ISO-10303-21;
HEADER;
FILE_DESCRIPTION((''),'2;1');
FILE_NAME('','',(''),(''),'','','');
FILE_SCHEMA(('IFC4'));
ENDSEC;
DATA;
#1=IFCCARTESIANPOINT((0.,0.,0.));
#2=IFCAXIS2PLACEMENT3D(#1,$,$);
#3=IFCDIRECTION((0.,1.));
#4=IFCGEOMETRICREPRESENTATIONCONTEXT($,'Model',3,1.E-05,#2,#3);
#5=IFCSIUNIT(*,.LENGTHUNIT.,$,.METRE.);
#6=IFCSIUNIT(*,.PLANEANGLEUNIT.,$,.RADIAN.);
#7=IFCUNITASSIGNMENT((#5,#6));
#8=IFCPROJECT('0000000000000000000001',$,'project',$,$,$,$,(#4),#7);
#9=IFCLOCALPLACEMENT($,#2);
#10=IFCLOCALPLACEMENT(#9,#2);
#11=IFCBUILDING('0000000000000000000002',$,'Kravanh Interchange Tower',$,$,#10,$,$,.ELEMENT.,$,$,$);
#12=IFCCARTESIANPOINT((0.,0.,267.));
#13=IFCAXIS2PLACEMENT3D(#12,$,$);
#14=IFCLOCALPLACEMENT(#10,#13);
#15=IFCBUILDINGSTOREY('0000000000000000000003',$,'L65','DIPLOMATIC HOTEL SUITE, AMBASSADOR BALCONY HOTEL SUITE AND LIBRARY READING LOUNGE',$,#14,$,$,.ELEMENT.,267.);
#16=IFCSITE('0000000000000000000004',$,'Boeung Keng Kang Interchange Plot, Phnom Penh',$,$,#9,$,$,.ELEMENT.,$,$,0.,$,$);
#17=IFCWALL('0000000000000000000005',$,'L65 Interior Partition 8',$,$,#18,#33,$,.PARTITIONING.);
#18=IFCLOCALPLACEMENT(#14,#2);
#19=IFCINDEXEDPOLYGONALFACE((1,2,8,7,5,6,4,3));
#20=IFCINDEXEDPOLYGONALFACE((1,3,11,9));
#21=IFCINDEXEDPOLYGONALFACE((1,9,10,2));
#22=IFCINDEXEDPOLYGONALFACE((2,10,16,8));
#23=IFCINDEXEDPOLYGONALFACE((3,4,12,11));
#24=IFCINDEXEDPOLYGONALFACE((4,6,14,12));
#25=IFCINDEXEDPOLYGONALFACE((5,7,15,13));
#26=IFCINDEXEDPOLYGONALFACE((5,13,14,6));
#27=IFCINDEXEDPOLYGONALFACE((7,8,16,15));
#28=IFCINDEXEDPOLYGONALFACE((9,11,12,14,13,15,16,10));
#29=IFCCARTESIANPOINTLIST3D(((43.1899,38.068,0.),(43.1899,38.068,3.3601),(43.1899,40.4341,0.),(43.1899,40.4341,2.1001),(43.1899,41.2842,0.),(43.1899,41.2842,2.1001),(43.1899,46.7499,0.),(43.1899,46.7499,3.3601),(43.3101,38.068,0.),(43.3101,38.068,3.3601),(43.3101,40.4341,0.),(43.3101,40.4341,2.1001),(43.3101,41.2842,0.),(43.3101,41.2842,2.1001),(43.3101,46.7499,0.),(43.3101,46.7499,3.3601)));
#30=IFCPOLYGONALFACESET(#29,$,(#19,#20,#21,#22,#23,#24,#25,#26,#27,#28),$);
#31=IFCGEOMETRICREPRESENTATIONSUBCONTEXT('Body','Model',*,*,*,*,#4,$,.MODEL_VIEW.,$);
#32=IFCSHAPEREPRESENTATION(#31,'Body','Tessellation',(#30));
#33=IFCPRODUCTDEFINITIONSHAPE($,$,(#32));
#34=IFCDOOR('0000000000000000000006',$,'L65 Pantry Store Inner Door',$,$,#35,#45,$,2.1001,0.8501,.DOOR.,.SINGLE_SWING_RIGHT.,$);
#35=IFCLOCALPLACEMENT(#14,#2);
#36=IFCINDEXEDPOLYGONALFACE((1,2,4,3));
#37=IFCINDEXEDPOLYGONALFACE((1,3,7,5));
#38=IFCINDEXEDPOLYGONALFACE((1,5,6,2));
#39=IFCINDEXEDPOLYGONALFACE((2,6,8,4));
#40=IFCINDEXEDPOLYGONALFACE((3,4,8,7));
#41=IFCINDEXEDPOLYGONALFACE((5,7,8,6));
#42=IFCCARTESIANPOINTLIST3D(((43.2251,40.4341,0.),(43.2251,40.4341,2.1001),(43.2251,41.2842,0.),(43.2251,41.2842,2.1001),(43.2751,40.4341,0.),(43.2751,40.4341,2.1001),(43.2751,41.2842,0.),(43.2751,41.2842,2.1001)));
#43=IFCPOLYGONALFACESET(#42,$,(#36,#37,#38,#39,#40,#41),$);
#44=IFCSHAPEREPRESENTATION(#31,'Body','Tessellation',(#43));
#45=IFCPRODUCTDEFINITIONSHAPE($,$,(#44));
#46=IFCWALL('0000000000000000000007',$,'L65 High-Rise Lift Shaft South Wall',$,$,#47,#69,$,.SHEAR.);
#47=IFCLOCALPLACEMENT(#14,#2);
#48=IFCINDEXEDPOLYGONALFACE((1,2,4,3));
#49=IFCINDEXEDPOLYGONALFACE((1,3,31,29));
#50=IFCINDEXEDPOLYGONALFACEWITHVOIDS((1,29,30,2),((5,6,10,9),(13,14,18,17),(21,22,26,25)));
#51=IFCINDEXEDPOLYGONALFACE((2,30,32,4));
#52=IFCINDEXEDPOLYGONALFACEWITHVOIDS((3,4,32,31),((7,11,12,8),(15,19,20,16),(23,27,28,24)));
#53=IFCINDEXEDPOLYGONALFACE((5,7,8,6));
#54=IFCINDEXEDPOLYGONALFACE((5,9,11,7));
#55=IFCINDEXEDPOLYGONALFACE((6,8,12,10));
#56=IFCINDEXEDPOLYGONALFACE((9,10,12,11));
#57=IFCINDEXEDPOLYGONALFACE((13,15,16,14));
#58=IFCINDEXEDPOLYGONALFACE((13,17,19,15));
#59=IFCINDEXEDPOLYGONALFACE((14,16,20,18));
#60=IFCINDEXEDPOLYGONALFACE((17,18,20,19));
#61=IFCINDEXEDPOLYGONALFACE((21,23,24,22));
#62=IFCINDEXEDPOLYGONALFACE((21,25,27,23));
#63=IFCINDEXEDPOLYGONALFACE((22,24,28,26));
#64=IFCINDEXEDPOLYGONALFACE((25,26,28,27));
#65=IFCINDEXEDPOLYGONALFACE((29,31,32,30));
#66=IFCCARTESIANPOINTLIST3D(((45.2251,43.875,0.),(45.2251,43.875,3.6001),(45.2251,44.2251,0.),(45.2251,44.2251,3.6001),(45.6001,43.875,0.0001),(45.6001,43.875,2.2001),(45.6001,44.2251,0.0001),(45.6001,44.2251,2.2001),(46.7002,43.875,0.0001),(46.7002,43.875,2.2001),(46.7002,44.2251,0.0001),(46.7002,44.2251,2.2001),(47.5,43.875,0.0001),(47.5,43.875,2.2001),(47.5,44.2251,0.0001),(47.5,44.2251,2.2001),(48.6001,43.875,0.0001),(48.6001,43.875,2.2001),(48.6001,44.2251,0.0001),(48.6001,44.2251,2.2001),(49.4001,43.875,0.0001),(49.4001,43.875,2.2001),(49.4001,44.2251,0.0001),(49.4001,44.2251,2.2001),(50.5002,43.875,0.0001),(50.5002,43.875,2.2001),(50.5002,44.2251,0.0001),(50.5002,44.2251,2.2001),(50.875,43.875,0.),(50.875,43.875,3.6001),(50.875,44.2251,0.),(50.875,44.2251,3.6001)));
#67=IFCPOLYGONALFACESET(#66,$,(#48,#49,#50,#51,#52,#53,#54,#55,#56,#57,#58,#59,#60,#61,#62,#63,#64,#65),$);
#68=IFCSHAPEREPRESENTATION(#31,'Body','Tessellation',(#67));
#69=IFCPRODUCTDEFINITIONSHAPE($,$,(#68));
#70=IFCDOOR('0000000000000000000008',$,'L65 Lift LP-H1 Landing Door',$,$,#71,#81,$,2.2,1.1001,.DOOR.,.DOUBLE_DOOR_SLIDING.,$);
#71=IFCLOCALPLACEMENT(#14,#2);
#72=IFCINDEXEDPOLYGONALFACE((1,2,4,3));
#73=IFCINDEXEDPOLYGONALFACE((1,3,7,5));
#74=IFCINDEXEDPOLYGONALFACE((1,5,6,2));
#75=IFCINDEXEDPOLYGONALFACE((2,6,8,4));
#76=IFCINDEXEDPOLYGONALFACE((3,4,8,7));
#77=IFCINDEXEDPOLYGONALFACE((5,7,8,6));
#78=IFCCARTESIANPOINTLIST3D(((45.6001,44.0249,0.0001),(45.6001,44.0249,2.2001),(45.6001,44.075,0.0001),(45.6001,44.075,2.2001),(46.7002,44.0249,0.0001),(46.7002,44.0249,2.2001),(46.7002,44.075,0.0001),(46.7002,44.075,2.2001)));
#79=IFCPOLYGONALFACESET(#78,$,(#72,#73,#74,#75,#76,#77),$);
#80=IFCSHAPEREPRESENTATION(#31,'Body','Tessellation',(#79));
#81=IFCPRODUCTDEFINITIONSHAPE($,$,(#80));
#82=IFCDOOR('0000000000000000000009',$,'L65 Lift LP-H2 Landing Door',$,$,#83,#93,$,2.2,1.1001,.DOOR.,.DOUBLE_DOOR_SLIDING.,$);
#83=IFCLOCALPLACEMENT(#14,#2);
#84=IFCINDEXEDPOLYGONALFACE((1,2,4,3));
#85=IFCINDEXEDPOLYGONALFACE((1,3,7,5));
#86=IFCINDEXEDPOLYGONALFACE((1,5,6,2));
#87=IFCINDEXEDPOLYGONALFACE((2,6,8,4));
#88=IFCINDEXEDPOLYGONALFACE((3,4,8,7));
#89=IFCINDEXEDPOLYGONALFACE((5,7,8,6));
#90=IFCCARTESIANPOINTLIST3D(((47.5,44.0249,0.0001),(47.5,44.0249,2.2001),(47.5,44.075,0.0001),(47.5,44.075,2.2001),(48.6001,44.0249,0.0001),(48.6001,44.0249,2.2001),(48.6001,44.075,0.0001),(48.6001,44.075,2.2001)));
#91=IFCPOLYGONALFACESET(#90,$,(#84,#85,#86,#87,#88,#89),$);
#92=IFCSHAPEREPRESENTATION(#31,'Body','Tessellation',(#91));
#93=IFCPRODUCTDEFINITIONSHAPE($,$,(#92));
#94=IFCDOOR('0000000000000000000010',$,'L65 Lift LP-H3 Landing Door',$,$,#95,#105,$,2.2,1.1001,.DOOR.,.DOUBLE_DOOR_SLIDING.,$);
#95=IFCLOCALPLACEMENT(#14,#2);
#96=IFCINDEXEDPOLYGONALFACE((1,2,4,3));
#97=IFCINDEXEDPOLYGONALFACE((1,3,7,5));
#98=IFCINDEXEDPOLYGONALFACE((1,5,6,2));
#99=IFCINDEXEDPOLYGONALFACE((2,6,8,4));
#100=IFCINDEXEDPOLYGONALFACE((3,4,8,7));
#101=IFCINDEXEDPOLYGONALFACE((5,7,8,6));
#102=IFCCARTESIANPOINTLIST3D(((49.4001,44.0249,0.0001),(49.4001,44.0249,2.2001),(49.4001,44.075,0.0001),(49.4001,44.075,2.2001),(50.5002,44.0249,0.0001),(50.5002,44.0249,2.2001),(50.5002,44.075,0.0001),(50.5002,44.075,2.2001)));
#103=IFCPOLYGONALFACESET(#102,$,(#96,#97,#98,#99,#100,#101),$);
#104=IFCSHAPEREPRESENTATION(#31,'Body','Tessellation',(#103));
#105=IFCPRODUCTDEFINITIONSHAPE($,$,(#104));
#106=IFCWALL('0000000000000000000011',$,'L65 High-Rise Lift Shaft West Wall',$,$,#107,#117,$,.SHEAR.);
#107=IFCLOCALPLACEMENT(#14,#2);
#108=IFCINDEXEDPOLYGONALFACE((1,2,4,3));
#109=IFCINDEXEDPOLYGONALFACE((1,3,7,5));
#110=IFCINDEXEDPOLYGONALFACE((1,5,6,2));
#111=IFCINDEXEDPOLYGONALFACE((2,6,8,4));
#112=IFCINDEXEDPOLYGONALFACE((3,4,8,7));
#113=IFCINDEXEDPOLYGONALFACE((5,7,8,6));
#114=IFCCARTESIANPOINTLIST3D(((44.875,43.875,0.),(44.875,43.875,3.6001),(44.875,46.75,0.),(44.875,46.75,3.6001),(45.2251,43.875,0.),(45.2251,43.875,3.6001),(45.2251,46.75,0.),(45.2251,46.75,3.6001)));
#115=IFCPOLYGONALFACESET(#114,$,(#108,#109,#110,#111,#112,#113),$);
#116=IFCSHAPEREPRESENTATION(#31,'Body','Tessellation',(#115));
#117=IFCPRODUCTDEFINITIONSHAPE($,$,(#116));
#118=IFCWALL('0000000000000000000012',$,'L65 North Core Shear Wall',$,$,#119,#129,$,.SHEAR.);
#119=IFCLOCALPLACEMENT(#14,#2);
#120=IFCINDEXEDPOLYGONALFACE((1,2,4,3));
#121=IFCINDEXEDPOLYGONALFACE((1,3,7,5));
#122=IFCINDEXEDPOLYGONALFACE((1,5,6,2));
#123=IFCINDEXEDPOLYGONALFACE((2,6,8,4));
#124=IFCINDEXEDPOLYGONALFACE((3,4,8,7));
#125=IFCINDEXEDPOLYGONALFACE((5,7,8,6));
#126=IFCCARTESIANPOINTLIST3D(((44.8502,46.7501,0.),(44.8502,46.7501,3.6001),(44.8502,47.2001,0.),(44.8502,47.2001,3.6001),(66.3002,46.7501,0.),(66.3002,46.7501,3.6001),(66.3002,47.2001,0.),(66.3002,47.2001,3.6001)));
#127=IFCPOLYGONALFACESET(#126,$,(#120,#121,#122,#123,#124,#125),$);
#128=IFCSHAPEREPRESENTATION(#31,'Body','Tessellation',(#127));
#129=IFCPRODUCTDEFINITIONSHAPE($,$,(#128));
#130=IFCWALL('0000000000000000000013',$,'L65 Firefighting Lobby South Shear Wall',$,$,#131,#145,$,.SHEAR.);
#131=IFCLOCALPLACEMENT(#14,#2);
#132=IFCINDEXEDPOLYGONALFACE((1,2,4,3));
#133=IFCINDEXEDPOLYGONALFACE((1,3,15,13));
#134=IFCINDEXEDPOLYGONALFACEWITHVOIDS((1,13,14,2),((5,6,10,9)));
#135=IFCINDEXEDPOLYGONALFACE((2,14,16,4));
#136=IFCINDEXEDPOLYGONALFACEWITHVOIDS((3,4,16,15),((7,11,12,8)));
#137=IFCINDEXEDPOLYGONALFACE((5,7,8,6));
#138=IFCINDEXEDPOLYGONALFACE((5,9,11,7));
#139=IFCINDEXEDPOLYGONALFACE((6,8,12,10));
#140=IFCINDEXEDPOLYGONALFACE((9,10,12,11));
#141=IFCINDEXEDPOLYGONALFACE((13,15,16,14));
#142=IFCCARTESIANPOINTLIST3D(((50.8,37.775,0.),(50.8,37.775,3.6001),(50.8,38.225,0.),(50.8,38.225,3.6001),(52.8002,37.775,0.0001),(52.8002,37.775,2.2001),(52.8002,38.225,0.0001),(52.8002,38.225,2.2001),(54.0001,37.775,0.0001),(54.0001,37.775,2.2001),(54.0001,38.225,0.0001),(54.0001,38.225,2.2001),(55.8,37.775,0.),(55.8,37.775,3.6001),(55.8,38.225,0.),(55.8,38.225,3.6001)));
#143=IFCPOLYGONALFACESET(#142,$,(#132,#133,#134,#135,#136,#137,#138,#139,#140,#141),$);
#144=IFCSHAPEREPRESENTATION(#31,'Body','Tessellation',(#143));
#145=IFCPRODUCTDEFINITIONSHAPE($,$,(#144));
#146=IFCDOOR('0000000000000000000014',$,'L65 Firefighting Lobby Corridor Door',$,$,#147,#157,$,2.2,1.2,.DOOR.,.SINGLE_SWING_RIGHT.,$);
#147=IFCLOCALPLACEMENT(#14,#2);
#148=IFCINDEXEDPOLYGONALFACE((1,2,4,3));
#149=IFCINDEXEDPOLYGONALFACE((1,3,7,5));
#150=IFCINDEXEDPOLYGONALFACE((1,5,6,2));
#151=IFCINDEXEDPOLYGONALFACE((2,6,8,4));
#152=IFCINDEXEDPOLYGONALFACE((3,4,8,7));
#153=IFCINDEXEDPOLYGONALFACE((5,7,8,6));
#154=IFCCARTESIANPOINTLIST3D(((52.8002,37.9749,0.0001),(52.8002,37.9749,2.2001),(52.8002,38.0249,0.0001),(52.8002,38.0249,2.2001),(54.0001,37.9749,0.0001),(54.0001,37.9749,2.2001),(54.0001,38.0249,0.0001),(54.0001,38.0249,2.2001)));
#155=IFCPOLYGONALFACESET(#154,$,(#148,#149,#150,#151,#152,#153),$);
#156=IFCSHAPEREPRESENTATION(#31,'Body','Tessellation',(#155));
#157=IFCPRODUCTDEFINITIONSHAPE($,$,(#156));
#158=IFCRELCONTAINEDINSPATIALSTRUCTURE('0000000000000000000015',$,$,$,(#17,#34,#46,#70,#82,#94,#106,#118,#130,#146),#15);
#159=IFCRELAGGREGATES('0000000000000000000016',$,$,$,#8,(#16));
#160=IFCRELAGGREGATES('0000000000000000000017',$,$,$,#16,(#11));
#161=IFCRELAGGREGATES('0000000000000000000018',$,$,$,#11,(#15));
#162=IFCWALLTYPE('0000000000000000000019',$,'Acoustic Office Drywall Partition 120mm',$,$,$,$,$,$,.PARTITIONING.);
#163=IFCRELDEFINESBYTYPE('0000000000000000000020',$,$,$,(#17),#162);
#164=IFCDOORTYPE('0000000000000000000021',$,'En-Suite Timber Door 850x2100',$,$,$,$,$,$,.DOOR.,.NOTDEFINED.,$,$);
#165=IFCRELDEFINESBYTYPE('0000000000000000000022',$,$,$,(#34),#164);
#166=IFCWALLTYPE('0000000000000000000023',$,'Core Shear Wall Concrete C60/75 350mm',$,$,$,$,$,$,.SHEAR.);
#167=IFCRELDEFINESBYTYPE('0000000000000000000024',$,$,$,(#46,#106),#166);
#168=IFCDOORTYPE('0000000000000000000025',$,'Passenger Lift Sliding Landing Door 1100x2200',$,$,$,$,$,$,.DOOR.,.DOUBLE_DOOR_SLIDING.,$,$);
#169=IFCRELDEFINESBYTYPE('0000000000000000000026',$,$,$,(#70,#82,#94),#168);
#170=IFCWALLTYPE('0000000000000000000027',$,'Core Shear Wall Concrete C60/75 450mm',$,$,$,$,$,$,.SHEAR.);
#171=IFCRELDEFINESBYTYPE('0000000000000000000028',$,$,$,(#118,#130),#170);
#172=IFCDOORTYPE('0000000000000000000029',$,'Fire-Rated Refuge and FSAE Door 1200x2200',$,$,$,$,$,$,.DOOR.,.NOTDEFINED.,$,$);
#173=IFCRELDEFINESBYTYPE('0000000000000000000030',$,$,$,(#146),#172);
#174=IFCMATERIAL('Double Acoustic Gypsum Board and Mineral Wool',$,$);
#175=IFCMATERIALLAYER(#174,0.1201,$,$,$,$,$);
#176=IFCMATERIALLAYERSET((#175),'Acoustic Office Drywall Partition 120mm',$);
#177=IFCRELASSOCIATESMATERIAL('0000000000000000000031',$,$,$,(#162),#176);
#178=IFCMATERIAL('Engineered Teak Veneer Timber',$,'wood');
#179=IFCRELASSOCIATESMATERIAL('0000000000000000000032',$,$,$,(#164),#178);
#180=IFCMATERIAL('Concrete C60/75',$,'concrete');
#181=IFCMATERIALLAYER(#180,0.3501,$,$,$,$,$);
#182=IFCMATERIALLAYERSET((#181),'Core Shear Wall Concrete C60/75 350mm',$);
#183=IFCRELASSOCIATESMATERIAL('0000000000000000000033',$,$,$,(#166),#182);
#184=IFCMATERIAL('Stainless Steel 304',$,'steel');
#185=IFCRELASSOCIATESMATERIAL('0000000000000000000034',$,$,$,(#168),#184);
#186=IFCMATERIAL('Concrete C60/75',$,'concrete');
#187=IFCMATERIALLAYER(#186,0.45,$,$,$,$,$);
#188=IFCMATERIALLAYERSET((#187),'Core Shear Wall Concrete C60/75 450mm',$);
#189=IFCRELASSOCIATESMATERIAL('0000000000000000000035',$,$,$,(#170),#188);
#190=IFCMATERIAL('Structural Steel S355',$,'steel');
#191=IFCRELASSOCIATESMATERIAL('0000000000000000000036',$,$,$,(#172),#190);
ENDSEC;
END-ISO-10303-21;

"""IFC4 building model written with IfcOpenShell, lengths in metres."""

from ifc_helpers import new_model, si_unit, direction, frame, frame_2d, origin, place, context, subcontext, project, spatial, rectangle, extrude, material, layer, layer_set, type_object, element, fill, save


model = new_model("IFC4")

# Units and contexts
model_context = context("Model", 3, precision=1e-05, world=origin(), true_north=direction((0.0, 1.0)))
body_context = subcontext(model_context, "Body", "Model", "MODEL_VIEW")
ifc_project = project(units=[si_unit("LENGTHUNIT", "METRE"), si_unit("PLANEANGLEUNIT", "RADIAN")], contexts=[model_context])

# Site, building, storey
site_placement = place(None, origin())
site = spatial("IfcSite", under=ifc_project, at=site_placement, Name="Boeung Keng Kang Interchange Plot, Phnom Penh", CompositionType="ELEMENT", RefElevation=0.0)
building_placement = place(site_placement, origin())
building = spatial("IfcBuilding", under=site, at=building_placement, Name="Kravanh Interchange Tower", CompositionType="ELEMENT")
storey_placement = place(building_placement, frame((0.0, 0.0, 267.0)))
storey = spatial("IfcBuildingStorey", under=building, at=storey_placement, Name="L65", Description="DIPLOMATIC HOTEL SUITE, AMBASSADOR BALCONY HOTEL SUITE AND LIBRARY READING LOUNGE", CompositionType="ELEMENT", Elevation=267.0)

# Shared definitions
ifc_material_1 = material(Name="Double Acoustic Gypsum Board and Mineral Wool")
ifc_layer_1 = layer(ifc_material_1, 0.1201)
ifc_layer_set_1 = layer_set([ifc_layer_1], Name="Acoustic Office Drywall Partition 120mm")
wall_type_1 = type_object("IfcWallType", Name="Acoustic Office Drywall Partition 120mm", PredefinedType="PARTITIONING", material=ifc_layer_set_1)
ifc_material_2 = material(Name="Engineered Teak Veneer Timber", Category="wood")
door_type_1 = type_object("IfcDoorType", Name="En-Suite Timber Door 850x2100", OperationType="NOTDEFINED", PredefinedType="DOOR", material=ifc_material_2)

# Wall, opening, door
wall_1_placement = place(storey_placement, frame((43.25, 38.0681, 0.0), z_axis=(0.0, 0.0, 1.0), x_axis=(0.0, 1.0, 0.0)))
wall_1 = element("IfcWall", 1, at=wall_1_placement, inside=storey, type_object=wall_type_1, Name="L65 Interior Partition 8", PredefinedType="PARTITIONING", context=body_context, shape_type="SweptSolid", body=[
    extrude(rectangle(XDim=8.6819, YDim=0.1201, at=frame_2d((4.3408, 0.0))), origin(), (0.0, 0.0, 1.0), 3.3601),
])
opening_1_placement = place(wall_1_placement, frame((2.366, 0.0, 0.0)))
opening_1 = element("IfcOpeningElement", 2, at=opening_1_placement, cuts=wall_1, PredefinedType="OPENING", context=body_context, shape_type="SweptSolid", body=[
    extrude(rectangle(XDim=0.8501, YDim=2.1001, at=frame_2d((0.425, 1.05))), frame((0.0, 0.0701, 0.0), z_axis=(0.0, -1.0, 0.0), x_axis=(1.0, 0.0, 0.0)), (0.0, 0.0, 1.0), 0.1401),
])
door_1_placement = place(opening_1_placement, origin())
door_1 = element("IfcDoor", 3, at=door_1_placement, inside=storey, type_object=door_type_1, Name="L65 Pantry Store Inner Door", OperationType="SINGLE_SWING_RIGHT", OverallHeight=2.1001, OverallWidth=0.8501, PredefinedType="DOOR", context=body_context, shape_type="SweptSolid", body=[
    extrude(rectangle(XDim=0.8501, YDim=2.1001, at=frame_2d((0.425, 1.05))), frame((0.0, 0.0249, 0.0), z_axis=(0.0, -1.0, 0.0), x_axis=(1.0, 0.0, 0.0)), (0.0, 0.0, 1.0), 0.05),
])
fill(opening_1, door_1)

# Wall, openings, doors
ifc_material_3 = material(Name="Concrete C60/75", Category="concrete")
ifc_layer_2 = layer(ifc_material_3, 0.3501)
ifc_layer_set_2 = layer_set([ifc_layer_2], Name="Core Shear Wall Concrete C60/75 350mm")
wall_type_2 = type_object("IfcWallType", Name="Core Shear Wall Concrete C60/75 350mm", PredefinedType="SHEAR", material=ifc_layer_set_2)
wall_2_placement = place(storey_placement, frame((45.2251, 44.05, 0.0), z_axis=(0.0, 0.0, 1.0), x_axis=(1.0, 0.0, 0.0)))
wall_2 = element("IfcWall", 4, at=wall_2_placement, inside=storey, type_object=wall_type_2, Name="L65 High-Rise Lift Shaft South Wall", PredefinedType="SHEAR", context=body_context, shape_type="SweptSolid", body=[
    extrude(rectangle(XDim=5.6499, YDim=0.3501, at=frame_2d((2.825, 0.0))), origin(), (0.0, 0.0, 1.0), 3.6001),
])
opening_2_placement = place(wall_2_placement, frame((0.375, 0.0, 0.0)))
opening_2 = element("IfcOpeningElement", 5, at=opening_2_placement, cuts=wall_2, PredefinedType="OPENING", context=body_context, shape_type="SweptSolid", body=[
    extrude(rectangle(XDim=1.1001, YDim=2.2, at=frame_2d((0.55, 1.1001))), frame((0.0, 0.1851, 0.0), z_axis=(0.0, -1.0, 0.0), x_axis=(1.0, 0.0, 0.0)), (0.0, 0.0, 1.0), 0.3701),
])
opening_3_placement = place(wall_2_placement, frame((2.2749, 0.0, 0.0)))
opening_3 = element("IfcOpeningElement", 6, at=opening_3_placement, cuts=wall_2, PredefinedType="OPENING", context=body_context, shape_type="SweptSolid", body=[
    extrude(rectangle(XDim=1.1001, YDim=2.2, at=frame_2d((0.55, 1.1001))), frame((0.0, 0.1851, 0.0), z_axis=(0.0, -1.0, 0.0), x_axis=(1.0, 0.0, 0.0)), (0.0, 0.0, 1.0), 0.3701),
])
opening_4_placement = place(wall_2_placement, frame((4.175, 0.0, 0.0)))
opening_4 = element("IfcOpeningElement", 7, at=opening_4_placement, cuts=wall_2, PredefinedType="OPENING", context=body_context, shape_type="SweptSolid", body=[
    extrude(rectangle(XDim=1.1001, YDim=2.2, at=frame_2d((0.55, 1.1001))), frame((0.0, 0.1851, 0.0), z_axis=(0.0, -1.0, 0.0), x_axis=(1.0, 0.0, 0.0)), (0.0, 0.0, 1.0), 0.3701),
])
ifc_material_4 = material(Name="Stainless Steel 304", Category="steel")
door_type_2 = type_object("IfcDoorType", Name="Passenger Lift Sliding Landing Door 1100x2200", OperationType="DOUBLE_DOOR_SLIDING", PredefinedType="DOOR", material=ifc_material_4)
door_2_placement = place(opening_2_placement, origin())
door_2 = element("IfcDoor", 8, at=door_2_placement, inside=storey, type_object=door_type_2, Name="L65 Lift LP-H1 Landing Door", OperationType="DOUBLE_DOOR_SLIDING", OverallHeight=2.2, OverallWidth=1.1001, PredefinedType="DOOR", context=body_context, shape_type="SweptSolid", body=[
    extrude(rectangle(XDim=1.1001, YDim=2.2, at=frame_2d((0.55, 1.1001))), frame((0.0, 0.0249, 0.0), z_axis=(0.0, -1.0, 0.0), x_axis=(1.0, 0.0, 0.0)), (0.0, 0.0, 1.0), 0.05),
])
fill(opening_2, door_2)
door_3_placement = place(opening_3_placement, origin())
door_3 = element("IfcDoor", 9, at=door_3_placement, inside=storey, type_object=door_type_2, Name="L65 Lift LP-H2 Landing Door", OperationType="DOUBLE_DOOR_SLIDING", OverallHeight=2.2, OverallWidth=1.1001, PredefinedType="DOOR", context=body_context, shape_type="SweptSolid", body=[
    extrude(rectangle(XDim=1.1001, YDim=2.2, at=frame_2d((0.55, 1.1001))), frame((0.0, 0.0249, 0.0), z_axis=(0.0, -1.0, 0.0), x_axis=(1.0, 0.0, 0.0)), (0.0, 0.0, 1.0), 0.05),
])
fill(opening_3, door_3)
door_4_placement = place(opening_4_placement, origin())
door_4 = element("IfcDoor", 10, at=door_4_placement, inside=storey, type_object=door_type_2, Name="L65 Lift LP-H3 Landing Door", OperationType="DOUBLE_DOOR_SLIDING", OverallHeight=2.2, OverallWidth=1.1001, PredefinedType="DOOR", context=body_context, shape_type="SweptSolid", body=[
    extrude(rectangle(XDim=1.1001, YDim=2.2, at=frame_2d((0.55, 1.1001))), frame((0.0, 0.0249, 0.0), z_axis=(0.0, -1.0, 0.0), x_axis=(1.0, 0.0, 0.0)), (0.0, 0.0, 1.0), 0.05),
])
fill(opening_4, door_4)

# Walls
wall_3_placement = place(storey_placement, frame((45.05, 43.875, 0.0), z_axis=(0.0, 0.0, 1.0), x_axis=(0.0, 1.0, 0.0)))
element("IfcWall", 11, at=wall_3_placement, inside=storey, type_object=wall_type_2, Name="L65 High-Rise Lift Shaft West Wall", PredefinedType="SHEAR", context=body_context, shape_type="SweptSolid", body=[
    extrude(rectangle(XDim=2.875, YDim=0.3501, at=frame_2d((1.4375, 0.0))), origin(), (0.0, 0.0, 1.0), 3.6001),
])
ifc_material_5 = material(Name="Concrete C60/75", Category="concrete")
ifc_layer_3 = layer(ifc_material_5, 0.45)
ifc_layer_set_3 = layer_set([ifc_layer_3], Name="Core Shear Wall Concrete C60/75 450mm")
wall_type_3 = type_object("IfcWallType", Name="Core Shear Wall Concrete C60/75 450mm", PredefinedType="SHEAR", material=ifc_layer_set_3)
wall_4_placement = place(storey_placement, frame((44.8501, 46.9751, 0.0), z_axis=(0.0, 0.0, 1.0), x_axis=(1.0, 0.0, 0.0)))
element("IfcWall", 12, at=wall_4_placement, inside=storey, type_object=wall_type_3, Name="L65 North Core Shear Wall", PredefinedType="SHEAR", context=body_context, shape_type="SweptSolid", body=[
    extrude(rectangle(XDim=21.45, YDim=0.45, at=frame_2d((10.7251, 0.0))), origin(), (0.0, 0.0, 1.0), 3.6001),
])

# Wall, opening, door
wall_5_placement = place(storey_placement, frame((50.8, 38.0, 0.0), z_axis=(0.0, 0.0, 1.0), x_axis=(1.0, 0.0, 0.0)))
wall_5 = element("IfcWall", 13, at=wall_5_placement, inside=storey, type_object=wall_type_3, Name="L65 Firefighting Lobby South Shear Wall", PredefinedType="SHEAR", context=body_context, shape_type="SweptSolid", body=[
    extrude(rectangle(XDim=5.0, YDim=0.45, at=frame_2d((2.5, 0.0))), origin(), (0.0, 0.0, 1.0), 3.6001),
])
opening_5_placement = place(wall_5_placement, frame((2.0, 0.0, 0.0)))
opening_5 = element("IfcOpeningElement", 14, at=opening_5_placement, cuts=wall_5, PredefinedType="OPENING", context=body_context, shape_type="SweptSolid", body=[
    extrude(rectangle(XDim=1.2, YDim=2.2, at=frame_2d((0.6001, 1.1001))), frame((0.0, 0.2349, 0.0), z_axis=(0.0, -1.0, 0.0), x_axis=(1.0, 0.0, 0.0)), (0.0, 0.0, 1.0), 0.47),
])
ifc_material_6 = material(Name="Structural Steel S355", Category="steel")
door_type_3 = type_object("IfcDoorType", Name="Fire-Rated Refuge and FSAE Door 1200x2200", OperationType="NOTDEFINED", PredefinedType="DOOR", material=ifc_material_6)
door_5_placement = place(opening_5_placement, origin())
door_5 = element("IfcDoor", 15, at=door_5_placement, inside=storey, type_object=door_type_3, Name="L65 Firefighting Lobby Corridor Door", OperationType="SINGLE_SWING_RIGHT", OverallHeight=2.2, OverallWidth=1.2, PredefinedType="DOOR", context=body_context, shape_type="SweptSolid", body=[
    extrude(rectangle(XDim=1.2, YDim=2.2, at=frame_2d((0.6001, 1.1001))), frame((0.0, 0.0249, 0.0), z_axis=(0.0, -1.0, 0.0), x_axis=(1.0, 0.0, 0.0)), (0.0, 0.0, 1.0), 0.05),
])
fill(opening_5, door_5)

save(model, "model.ifc")
